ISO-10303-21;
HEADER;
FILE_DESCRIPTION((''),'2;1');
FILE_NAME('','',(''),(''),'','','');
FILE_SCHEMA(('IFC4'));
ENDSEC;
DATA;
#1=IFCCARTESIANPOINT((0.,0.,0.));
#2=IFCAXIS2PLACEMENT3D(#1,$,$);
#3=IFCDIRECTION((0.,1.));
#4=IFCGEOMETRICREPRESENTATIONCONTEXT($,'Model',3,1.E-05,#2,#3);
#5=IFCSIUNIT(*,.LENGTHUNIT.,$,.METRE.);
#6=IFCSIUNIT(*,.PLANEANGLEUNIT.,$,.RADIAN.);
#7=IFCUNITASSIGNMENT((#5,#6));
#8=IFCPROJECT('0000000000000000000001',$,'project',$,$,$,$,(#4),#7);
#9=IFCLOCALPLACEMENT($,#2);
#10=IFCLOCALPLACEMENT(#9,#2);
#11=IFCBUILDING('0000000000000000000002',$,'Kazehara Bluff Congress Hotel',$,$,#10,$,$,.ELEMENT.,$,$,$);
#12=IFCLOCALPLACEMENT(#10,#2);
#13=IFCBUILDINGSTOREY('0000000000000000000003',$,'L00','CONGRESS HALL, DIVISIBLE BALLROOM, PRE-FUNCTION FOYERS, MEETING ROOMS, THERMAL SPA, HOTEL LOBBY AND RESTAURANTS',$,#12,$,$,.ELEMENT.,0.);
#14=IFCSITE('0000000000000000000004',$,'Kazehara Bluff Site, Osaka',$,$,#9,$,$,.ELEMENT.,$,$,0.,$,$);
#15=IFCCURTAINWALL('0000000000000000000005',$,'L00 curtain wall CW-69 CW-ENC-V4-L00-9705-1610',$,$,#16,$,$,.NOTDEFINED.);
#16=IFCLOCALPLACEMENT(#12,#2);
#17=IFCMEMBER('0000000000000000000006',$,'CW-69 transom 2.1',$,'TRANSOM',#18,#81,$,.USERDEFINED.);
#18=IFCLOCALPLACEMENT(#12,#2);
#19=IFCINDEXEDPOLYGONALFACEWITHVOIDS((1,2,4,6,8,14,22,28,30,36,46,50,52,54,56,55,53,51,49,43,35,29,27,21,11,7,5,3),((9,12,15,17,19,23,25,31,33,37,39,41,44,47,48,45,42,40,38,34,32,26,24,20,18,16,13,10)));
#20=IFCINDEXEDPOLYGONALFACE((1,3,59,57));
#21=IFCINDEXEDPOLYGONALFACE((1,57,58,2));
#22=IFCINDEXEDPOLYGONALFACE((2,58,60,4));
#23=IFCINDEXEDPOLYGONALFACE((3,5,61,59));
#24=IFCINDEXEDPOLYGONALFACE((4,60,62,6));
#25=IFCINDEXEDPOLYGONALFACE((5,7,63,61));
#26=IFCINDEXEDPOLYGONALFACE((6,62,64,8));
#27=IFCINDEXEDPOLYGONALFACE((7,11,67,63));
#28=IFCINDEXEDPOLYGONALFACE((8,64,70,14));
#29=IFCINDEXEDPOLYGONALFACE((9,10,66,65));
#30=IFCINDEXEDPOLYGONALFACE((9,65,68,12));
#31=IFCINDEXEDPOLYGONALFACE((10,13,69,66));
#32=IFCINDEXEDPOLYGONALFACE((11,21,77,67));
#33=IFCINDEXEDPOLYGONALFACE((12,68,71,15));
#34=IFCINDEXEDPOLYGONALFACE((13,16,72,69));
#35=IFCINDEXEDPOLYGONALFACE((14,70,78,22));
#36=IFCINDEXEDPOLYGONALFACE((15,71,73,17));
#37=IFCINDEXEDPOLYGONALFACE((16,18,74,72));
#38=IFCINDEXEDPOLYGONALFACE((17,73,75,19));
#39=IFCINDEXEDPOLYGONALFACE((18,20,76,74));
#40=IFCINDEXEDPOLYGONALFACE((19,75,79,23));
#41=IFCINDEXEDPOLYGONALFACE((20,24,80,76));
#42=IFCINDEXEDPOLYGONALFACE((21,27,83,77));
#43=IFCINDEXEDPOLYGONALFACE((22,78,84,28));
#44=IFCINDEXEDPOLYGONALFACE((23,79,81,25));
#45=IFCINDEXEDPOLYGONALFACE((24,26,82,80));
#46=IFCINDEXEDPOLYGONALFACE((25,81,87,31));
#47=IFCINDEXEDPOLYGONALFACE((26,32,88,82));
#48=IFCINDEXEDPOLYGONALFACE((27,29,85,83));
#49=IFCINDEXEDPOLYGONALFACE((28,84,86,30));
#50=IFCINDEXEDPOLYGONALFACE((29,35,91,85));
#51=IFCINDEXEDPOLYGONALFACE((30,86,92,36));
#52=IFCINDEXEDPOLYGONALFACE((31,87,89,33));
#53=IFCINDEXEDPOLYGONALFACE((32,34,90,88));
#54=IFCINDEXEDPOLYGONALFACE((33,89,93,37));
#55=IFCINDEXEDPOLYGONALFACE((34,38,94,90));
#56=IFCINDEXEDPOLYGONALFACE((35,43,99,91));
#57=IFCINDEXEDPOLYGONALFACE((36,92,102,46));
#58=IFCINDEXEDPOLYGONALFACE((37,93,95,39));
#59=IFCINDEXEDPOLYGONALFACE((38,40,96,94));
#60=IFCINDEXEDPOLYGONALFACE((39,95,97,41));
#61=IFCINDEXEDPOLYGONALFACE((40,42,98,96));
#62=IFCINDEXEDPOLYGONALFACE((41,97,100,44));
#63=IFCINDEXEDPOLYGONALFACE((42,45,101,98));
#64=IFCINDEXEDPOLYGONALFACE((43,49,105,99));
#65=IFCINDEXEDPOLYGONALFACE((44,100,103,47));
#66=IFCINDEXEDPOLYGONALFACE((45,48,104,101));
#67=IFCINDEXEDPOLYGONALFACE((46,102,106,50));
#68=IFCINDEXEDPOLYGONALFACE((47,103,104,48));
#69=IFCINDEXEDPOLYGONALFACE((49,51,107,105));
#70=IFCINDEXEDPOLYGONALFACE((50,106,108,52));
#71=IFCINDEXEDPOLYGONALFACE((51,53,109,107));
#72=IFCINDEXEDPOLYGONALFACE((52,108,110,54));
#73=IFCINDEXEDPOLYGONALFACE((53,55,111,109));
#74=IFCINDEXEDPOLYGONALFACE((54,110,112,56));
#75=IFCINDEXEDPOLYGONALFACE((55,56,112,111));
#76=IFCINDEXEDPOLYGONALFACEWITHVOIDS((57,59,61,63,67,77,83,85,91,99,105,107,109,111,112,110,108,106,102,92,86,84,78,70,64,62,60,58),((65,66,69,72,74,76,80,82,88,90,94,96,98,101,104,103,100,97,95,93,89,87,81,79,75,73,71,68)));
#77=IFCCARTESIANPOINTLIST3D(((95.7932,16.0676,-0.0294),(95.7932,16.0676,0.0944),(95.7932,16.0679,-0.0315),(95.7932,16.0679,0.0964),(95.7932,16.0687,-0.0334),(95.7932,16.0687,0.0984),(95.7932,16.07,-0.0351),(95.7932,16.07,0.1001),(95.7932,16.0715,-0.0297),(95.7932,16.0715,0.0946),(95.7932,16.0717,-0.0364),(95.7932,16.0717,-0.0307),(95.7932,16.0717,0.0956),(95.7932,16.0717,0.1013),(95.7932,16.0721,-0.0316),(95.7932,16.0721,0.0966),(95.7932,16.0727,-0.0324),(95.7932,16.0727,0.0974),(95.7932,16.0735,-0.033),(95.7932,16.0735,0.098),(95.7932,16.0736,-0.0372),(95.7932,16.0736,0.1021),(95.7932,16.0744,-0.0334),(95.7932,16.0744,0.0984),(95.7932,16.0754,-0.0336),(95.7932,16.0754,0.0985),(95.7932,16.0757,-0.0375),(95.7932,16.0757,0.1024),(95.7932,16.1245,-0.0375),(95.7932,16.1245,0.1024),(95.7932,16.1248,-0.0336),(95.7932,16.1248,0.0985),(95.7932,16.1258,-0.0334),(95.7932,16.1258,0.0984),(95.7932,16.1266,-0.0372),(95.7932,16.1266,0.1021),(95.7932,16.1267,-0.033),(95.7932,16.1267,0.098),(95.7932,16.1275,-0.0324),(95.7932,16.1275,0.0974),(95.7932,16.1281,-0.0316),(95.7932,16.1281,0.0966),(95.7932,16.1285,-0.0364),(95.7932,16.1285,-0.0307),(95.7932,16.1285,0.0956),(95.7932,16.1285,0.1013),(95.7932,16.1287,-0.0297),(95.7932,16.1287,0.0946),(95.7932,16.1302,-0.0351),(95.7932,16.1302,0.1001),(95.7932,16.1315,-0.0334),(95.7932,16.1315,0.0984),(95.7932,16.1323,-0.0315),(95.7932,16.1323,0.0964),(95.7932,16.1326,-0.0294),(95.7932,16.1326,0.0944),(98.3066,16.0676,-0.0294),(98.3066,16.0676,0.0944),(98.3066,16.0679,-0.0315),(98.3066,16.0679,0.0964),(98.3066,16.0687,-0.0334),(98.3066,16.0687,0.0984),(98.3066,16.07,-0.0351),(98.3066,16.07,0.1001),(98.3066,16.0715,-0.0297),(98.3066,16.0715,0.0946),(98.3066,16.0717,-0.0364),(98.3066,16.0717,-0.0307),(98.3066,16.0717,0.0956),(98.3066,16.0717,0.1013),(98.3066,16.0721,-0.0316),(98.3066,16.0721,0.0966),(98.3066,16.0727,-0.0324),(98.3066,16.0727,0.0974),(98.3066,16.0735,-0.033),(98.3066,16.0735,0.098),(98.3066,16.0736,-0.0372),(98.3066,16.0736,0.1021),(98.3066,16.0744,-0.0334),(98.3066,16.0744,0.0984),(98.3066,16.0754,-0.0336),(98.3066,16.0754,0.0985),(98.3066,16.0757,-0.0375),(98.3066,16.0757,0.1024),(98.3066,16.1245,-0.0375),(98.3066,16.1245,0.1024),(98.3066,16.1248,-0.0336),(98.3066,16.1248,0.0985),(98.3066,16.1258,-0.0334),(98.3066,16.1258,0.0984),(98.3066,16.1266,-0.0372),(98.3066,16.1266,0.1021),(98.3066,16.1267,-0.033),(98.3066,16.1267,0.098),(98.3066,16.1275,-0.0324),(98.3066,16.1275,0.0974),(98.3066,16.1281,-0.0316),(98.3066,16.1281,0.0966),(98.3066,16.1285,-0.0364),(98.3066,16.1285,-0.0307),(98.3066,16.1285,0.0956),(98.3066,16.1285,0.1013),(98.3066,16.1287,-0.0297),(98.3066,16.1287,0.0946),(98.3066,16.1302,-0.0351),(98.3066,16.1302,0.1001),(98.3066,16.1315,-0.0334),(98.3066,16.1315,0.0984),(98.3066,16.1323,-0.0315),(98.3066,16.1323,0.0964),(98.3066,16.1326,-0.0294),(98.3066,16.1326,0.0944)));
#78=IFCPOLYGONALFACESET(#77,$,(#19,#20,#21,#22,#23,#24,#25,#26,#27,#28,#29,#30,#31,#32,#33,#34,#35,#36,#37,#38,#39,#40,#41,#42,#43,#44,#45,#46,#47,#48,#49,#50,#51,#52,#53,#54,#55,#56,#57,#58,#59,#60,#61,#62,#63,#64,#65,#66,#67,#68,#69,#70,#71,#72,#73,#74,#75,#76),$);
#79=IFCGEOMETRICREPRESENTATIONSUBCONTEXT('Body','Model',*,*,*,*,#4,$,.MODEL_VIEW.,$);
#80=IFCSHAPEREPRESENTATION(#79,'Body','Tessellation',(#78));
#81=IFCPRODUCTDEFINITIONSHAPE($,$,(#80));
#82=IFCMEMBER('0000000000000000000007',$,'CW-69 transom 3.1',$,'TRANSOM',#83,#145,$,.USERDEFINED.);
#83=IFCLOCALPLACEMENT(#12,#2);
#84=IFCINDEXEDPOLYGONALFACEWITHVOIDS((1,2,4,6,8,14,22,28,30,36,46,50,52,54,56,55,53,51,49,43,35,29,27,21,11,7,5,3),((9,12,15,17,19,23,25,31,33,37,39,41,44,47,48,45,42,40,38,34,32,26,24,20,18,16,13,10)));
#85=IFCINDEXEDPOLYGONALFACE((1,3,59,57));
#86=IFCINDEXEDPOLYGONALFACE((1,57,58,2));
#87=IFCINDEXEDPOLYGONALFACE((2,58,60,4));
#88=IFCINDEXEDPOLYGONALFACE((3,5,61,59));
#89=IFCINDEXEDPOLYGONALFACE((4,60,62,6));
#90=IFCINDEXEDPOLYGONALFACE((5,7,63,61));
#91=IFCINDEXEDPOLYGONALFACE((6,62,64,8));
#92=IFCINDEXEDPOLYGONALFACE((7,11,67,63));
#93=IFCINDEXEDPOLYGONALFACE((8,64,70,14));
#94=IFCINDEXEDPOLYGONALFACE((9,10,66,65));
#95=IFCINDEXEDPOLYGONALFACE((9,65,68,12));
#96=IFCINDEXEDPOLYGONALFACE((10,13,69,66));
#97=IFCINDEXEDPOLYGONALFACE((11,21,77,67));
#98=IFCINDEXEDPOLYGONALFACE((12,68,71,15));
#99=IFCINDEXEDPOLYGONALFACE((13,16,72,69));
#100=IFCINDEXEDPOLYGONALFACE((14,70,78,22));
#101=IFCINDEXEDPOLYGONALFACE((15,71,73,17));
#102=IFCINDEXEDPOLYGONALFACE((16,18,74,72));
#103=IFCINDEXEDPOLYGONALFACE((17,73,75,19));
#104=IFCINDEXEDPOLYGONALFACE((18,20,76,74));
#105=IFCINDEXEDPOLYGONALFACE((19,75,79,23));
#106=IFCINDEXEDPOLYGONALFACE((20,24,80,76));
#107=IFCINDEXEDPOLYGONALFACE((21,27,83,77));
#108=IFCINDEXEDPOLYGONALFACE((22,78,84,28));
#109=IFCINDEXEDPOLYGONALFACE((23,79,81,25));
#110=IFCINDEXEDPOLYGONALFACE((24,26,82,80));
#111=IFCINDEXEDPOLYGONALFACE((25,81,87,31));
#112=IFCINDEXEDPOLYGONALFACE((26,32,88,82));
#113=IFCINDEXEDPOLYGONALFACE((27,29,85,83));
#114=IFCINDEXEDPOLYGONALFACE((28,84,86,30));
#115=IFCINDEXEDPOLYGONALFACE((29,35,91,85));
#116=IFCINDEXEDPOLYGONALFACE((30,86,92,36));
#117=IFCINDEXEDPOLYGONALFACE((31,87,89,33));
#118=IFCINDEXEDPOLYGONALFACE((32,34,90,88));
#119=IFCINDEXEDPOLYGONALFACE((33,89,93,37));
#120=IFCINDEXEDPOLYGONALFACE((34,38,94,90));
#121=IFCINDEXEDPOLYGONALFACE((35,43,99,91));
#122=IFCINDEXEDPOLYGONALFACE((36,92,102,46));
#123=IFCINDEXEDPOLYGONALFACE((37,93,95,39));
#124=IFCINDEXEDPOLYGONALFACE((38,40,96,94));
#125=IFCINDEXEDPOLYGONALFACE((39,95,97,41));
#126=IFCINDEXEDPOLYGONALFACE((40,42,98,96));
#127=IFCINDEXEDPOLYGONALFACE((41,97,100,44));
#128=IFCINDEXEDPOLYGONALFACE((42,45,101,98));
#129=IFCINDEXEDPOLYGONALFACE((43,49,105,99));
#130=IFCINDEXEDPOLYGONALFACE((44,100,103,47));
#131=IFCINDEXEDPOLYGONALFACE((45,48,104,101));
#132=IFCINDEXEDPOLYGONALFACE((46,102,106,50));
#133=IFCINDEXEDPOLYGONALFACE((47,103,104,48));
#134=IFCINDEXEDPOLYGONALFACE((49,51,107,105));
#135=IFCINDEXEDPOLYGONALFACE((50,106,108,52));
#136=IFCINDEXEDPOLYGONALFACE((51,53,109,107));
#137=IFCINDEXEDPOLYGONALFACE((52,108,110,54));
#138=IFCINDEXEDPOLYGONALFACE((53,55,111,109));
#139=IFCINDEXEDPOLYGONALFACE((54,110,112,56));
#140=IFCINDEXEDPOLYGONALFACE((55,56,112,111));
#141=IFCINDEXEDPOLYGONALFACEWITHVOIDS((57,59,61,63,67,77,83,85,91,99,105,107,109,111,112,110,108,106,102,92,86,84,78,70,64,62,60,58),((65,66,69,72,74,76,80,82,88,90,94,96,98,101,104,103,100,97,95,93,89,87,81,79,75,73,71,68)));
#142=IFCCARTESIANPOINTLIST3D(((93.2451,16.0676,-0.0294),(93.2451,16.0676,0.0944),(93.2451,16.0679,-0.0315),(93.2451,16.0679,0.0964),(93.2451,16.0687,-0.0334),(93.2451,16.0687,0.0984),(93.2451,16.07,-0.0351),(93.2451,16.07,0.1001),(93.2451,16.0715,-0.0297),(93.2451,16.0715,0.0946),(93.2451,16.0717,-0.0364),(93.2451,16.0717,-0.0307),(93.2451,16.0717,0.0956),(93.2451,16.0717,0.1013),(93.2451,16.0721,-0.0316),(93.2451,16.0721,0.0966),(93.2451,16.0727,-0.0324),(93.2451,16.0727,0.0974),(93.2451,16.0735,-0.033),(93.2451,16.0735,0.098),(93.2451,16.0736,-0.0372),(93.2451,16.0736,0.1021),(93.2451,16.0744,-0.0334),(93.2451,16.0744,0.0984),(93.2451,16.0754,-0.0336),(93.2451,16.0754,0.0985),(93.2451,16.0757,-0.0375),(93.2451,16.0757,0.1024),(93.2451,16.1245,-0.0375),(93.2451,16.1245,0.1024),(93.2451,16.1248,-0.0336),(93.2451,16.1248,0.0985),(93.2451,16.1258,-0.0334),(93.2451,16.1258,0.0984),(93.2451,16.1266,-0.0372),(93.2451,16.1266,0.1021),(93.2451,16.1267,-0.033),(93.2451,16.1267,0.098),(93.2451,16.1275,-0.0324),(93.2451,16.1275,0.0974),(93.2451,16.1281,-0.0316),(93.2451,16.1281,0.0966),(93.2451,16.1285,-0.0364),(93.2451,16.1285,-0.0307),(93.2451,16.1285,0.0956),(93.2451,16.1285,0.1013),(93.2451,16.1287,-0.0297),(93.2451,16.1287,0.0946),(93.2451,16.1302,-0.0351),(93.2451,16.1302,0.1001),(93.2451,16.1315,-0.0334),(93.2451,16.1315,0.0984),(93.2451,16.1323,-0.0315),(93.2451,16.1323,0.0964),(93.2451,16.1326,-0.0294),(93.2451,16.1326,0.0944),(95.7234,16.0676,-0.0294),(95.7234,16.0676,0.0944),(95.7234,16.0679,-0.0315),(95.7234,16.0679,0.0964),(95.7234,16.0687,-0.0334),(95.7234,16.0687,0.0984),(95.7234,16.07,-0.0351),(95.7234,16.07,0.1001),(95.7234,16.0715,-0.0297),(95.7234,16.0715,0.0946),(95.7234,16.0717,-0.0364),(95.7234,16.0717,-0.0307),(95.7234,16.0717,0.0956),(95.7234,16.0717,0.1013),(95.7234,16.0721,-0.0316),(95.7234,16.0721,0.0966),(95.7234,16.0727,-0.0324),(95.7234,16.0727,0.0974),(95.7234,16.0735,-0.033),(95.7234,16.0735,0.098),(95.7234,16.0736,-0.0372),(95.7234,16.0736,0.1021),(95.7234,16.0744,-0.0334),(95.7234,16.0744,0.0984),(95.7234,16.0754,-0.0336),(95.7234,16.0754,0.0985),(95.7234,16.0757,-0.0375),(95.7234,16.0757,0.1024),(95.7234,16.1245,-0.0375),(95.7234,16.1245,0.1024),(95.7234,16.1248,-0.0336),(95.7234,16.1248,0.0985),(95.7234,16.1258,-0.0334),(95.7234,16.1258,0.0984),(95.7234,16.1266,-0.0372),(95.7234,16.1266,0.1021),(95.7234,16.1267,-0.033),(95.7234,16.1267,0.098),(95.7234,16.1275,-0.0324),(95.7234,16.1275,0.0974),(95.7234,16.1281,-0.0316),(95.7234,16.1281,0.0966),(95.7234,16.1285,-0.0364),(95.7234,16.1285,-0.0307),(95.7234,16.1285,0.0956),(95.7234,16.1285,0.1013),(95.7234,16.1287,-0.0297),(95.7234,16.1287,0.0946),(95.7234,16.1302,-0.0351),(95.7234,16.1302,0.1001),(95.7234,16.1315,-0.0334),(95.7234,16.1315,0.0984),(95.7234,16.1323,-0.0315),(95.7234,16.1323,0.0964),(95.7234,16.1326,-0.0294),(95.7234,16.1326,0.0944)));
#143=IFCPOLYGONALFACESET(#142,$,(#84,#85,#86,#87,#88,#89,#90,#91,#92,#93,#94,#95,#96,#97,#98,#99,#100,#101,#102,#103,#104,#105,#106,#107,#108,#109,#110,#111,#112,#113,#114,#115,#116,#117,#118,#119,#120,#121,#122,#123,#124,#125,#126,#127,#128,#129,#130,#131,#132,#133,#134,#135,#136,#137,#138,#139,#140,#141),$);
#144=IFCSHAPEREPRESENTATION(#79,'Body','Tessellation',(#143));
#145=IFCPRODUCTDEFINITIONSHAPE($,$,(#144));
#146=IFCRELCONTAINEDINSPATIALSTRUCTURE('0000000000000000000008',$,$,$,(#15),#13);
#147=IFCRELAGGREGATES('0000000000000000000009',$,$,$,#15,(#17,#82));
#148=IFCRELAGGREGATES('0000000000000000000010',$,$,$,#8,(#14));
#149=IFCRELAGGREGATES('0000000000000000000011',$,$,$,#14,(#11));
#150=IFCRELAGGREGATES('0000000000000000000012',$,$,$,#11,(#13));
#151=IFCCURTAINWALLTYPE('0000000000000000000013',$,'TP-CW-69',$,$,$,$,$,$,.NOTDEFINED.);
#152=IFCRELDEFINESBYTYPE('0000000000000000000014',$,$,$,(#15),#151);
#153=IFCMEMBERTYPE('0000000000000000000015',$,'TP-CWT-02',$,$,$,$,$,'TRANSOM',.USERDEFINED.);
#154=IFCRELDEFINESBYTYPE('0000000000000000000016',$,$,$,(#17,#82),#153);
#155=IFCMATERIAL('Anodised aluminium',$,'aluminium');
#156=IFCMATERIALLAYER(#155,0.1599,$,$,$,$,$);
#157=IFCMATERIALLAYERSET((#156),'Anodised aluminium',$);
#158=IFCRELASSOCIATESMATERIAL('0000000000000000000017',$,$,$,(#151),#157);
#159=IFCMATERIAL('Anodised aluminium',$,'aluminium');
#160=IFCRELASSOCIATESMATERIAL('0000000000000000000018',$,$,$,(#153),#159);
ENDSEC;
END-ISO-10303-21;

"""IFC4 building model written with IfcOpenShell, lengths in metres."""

from ifc_helpers import new_model, si_unit, direction, frame, origin, origin_2d, place, context, subcontext, project, spatial, hollow_rectangle, extrude, material, layer, layer_set, material_profile, profile_set, type_object, element, aggregate, save


model = new_model("IFC4")

# Units and contexts
model_context = context("Model", 3, precision=1e-05, world=origin(), true_north=direction((0.0, 1.0)))
body_context = subcontext(model_context, "Body", "Model", "MODEL_VIEW")
ifc_project = project(units=[si_unit("LENGTHUNIT", "METRE"), si_unit("PLANEANGLEUNIT", "RADIAN")], contexts=[model_context])

# Site, building, storey
site_placement = place(None, origin())
site = spatial("IfcSite", under=ifc_project, at=site_placement, Name="Kazehara Bluff Site, Osaka", CompositionType="ELEMENT", RefElevation=0.0)
building_placement = place(site_placement, origin())
building = spatial("IfcBuilding", under=site, at=building_placement, Name="Kazehara Bluff Congress Hotel", CompositionType="ELEMENT")
storey_placement = place(building_placement, origin())
storey = spatial("IfcBuildingStorey", under=building, at=storey_placement, Name="L00", Description="CONGRESS HALL, DIVISIBLE BALLROOM, PRE-FUNCTION FOYERS, MEETING ROOMS, THERMAL SPA, HOTEL LOBBY AND RESTAURANTS", CompositionType="ELEMENT", Elevation=0.0)

# Shared definitions
ifc_material_1 = material(Name="Anodised aluminium", Category="aluminium")
ifc_layer_1 = layer(ifc_material_1, 0.1599)
ifc_layer_set_1 = layer_set([ifc_layer_1], Name="Anodised aluminium")
curtain_wall_type = type_object("IfcCurtainWallType", Name="TP-CW-69", PredefinedType="NOTDEFINED", material=ifc_layer_set_1)

# Curtain wall
curtain_wall_1_placement = place(storey_placement, origin())
curtain_wall_1 = element("IfcCurtainWall", 1, at=curtain_wall_1_placement, inside=storey, type_object=curtain_wall_type, Name="L00 curtain wall CW-69 CW-ENC-V4-L00-9705-1610", PredefinedType="NOTDEFINED")

# Members
ifc_material_2 = material(Name="Anodised aluminium", Category="aluminium")
ifc_material_profile_1 = material_profile(ifc_material_2, hollow_rectangle(XDim=0.0649, YDim=0.1399, WallThickness=0.0039, InnerFilletRadius=0.0039, OuterFilletRadius=0.0081, at=origin_2d()))
ifc_profile_set_1 = profile_set([ifc_material_profile_1], Name="Anodised aluminium")
member_type_1 = type_object("IfcMemberType", Name="TP-CWT-02", ElementType="TRANSOM", PredefinedType="USERDEFINED", material=ifc_profile_set_1)
member_1_placement = place(storey_placement, frame((98.3066, 16.1001, 0.0325), z_axis=(-1.0, 0.0, 0.0), x_axis=(0.0, -1.0, 0.0)))
member_1 = element("IfcMember", 2, at=member_1_placement, type_object=member_type_1, Name="CW-69 transom 2.1", ObjectType="TRANSOM", PredefinedType="USERDEFINED", context=body_context, shape_type="SweptSolid", body=[
    extrude(hollow_rectangle(XDim=0.0649, YDim=0.1399, WallThickness=0.0039, InnerFilletRadius=0.0039, OuterFilletRadius=0.0081, at=origin_2d()), origin(), (0.0, 0.0, 1.0), 2.5134),
])
member_2_placement = place(storey_placement, frame((95.7234, 16.1001, 0.0325), z_axis=(-1.0, 0.0, 0.0), x_axis=(0.0, -1.0, 0.0)))
member_2 = element("IfcMember", 3, at=member_2_placement, type_object=member_type_1, Name="CW-69 transom 3.1", ObjectType="TRANSOM", PredefinedType="USERDEFINED", context=body_context, shape_type="SweptSolid", body=[
    extrude(hollow_rectangle(XDim=0.0649, YDim=0.1399, WallThickness=0.0039, InnerFilletRadius=0.0039, OuterFilletRadius=0.0081, at=origin_2d()), origin(), (0.0, 0.0, 1.0), 2.4783),
])

aggregate(curtain_wall_1, [member_1, member_2])

save(model, "model.ifc")
